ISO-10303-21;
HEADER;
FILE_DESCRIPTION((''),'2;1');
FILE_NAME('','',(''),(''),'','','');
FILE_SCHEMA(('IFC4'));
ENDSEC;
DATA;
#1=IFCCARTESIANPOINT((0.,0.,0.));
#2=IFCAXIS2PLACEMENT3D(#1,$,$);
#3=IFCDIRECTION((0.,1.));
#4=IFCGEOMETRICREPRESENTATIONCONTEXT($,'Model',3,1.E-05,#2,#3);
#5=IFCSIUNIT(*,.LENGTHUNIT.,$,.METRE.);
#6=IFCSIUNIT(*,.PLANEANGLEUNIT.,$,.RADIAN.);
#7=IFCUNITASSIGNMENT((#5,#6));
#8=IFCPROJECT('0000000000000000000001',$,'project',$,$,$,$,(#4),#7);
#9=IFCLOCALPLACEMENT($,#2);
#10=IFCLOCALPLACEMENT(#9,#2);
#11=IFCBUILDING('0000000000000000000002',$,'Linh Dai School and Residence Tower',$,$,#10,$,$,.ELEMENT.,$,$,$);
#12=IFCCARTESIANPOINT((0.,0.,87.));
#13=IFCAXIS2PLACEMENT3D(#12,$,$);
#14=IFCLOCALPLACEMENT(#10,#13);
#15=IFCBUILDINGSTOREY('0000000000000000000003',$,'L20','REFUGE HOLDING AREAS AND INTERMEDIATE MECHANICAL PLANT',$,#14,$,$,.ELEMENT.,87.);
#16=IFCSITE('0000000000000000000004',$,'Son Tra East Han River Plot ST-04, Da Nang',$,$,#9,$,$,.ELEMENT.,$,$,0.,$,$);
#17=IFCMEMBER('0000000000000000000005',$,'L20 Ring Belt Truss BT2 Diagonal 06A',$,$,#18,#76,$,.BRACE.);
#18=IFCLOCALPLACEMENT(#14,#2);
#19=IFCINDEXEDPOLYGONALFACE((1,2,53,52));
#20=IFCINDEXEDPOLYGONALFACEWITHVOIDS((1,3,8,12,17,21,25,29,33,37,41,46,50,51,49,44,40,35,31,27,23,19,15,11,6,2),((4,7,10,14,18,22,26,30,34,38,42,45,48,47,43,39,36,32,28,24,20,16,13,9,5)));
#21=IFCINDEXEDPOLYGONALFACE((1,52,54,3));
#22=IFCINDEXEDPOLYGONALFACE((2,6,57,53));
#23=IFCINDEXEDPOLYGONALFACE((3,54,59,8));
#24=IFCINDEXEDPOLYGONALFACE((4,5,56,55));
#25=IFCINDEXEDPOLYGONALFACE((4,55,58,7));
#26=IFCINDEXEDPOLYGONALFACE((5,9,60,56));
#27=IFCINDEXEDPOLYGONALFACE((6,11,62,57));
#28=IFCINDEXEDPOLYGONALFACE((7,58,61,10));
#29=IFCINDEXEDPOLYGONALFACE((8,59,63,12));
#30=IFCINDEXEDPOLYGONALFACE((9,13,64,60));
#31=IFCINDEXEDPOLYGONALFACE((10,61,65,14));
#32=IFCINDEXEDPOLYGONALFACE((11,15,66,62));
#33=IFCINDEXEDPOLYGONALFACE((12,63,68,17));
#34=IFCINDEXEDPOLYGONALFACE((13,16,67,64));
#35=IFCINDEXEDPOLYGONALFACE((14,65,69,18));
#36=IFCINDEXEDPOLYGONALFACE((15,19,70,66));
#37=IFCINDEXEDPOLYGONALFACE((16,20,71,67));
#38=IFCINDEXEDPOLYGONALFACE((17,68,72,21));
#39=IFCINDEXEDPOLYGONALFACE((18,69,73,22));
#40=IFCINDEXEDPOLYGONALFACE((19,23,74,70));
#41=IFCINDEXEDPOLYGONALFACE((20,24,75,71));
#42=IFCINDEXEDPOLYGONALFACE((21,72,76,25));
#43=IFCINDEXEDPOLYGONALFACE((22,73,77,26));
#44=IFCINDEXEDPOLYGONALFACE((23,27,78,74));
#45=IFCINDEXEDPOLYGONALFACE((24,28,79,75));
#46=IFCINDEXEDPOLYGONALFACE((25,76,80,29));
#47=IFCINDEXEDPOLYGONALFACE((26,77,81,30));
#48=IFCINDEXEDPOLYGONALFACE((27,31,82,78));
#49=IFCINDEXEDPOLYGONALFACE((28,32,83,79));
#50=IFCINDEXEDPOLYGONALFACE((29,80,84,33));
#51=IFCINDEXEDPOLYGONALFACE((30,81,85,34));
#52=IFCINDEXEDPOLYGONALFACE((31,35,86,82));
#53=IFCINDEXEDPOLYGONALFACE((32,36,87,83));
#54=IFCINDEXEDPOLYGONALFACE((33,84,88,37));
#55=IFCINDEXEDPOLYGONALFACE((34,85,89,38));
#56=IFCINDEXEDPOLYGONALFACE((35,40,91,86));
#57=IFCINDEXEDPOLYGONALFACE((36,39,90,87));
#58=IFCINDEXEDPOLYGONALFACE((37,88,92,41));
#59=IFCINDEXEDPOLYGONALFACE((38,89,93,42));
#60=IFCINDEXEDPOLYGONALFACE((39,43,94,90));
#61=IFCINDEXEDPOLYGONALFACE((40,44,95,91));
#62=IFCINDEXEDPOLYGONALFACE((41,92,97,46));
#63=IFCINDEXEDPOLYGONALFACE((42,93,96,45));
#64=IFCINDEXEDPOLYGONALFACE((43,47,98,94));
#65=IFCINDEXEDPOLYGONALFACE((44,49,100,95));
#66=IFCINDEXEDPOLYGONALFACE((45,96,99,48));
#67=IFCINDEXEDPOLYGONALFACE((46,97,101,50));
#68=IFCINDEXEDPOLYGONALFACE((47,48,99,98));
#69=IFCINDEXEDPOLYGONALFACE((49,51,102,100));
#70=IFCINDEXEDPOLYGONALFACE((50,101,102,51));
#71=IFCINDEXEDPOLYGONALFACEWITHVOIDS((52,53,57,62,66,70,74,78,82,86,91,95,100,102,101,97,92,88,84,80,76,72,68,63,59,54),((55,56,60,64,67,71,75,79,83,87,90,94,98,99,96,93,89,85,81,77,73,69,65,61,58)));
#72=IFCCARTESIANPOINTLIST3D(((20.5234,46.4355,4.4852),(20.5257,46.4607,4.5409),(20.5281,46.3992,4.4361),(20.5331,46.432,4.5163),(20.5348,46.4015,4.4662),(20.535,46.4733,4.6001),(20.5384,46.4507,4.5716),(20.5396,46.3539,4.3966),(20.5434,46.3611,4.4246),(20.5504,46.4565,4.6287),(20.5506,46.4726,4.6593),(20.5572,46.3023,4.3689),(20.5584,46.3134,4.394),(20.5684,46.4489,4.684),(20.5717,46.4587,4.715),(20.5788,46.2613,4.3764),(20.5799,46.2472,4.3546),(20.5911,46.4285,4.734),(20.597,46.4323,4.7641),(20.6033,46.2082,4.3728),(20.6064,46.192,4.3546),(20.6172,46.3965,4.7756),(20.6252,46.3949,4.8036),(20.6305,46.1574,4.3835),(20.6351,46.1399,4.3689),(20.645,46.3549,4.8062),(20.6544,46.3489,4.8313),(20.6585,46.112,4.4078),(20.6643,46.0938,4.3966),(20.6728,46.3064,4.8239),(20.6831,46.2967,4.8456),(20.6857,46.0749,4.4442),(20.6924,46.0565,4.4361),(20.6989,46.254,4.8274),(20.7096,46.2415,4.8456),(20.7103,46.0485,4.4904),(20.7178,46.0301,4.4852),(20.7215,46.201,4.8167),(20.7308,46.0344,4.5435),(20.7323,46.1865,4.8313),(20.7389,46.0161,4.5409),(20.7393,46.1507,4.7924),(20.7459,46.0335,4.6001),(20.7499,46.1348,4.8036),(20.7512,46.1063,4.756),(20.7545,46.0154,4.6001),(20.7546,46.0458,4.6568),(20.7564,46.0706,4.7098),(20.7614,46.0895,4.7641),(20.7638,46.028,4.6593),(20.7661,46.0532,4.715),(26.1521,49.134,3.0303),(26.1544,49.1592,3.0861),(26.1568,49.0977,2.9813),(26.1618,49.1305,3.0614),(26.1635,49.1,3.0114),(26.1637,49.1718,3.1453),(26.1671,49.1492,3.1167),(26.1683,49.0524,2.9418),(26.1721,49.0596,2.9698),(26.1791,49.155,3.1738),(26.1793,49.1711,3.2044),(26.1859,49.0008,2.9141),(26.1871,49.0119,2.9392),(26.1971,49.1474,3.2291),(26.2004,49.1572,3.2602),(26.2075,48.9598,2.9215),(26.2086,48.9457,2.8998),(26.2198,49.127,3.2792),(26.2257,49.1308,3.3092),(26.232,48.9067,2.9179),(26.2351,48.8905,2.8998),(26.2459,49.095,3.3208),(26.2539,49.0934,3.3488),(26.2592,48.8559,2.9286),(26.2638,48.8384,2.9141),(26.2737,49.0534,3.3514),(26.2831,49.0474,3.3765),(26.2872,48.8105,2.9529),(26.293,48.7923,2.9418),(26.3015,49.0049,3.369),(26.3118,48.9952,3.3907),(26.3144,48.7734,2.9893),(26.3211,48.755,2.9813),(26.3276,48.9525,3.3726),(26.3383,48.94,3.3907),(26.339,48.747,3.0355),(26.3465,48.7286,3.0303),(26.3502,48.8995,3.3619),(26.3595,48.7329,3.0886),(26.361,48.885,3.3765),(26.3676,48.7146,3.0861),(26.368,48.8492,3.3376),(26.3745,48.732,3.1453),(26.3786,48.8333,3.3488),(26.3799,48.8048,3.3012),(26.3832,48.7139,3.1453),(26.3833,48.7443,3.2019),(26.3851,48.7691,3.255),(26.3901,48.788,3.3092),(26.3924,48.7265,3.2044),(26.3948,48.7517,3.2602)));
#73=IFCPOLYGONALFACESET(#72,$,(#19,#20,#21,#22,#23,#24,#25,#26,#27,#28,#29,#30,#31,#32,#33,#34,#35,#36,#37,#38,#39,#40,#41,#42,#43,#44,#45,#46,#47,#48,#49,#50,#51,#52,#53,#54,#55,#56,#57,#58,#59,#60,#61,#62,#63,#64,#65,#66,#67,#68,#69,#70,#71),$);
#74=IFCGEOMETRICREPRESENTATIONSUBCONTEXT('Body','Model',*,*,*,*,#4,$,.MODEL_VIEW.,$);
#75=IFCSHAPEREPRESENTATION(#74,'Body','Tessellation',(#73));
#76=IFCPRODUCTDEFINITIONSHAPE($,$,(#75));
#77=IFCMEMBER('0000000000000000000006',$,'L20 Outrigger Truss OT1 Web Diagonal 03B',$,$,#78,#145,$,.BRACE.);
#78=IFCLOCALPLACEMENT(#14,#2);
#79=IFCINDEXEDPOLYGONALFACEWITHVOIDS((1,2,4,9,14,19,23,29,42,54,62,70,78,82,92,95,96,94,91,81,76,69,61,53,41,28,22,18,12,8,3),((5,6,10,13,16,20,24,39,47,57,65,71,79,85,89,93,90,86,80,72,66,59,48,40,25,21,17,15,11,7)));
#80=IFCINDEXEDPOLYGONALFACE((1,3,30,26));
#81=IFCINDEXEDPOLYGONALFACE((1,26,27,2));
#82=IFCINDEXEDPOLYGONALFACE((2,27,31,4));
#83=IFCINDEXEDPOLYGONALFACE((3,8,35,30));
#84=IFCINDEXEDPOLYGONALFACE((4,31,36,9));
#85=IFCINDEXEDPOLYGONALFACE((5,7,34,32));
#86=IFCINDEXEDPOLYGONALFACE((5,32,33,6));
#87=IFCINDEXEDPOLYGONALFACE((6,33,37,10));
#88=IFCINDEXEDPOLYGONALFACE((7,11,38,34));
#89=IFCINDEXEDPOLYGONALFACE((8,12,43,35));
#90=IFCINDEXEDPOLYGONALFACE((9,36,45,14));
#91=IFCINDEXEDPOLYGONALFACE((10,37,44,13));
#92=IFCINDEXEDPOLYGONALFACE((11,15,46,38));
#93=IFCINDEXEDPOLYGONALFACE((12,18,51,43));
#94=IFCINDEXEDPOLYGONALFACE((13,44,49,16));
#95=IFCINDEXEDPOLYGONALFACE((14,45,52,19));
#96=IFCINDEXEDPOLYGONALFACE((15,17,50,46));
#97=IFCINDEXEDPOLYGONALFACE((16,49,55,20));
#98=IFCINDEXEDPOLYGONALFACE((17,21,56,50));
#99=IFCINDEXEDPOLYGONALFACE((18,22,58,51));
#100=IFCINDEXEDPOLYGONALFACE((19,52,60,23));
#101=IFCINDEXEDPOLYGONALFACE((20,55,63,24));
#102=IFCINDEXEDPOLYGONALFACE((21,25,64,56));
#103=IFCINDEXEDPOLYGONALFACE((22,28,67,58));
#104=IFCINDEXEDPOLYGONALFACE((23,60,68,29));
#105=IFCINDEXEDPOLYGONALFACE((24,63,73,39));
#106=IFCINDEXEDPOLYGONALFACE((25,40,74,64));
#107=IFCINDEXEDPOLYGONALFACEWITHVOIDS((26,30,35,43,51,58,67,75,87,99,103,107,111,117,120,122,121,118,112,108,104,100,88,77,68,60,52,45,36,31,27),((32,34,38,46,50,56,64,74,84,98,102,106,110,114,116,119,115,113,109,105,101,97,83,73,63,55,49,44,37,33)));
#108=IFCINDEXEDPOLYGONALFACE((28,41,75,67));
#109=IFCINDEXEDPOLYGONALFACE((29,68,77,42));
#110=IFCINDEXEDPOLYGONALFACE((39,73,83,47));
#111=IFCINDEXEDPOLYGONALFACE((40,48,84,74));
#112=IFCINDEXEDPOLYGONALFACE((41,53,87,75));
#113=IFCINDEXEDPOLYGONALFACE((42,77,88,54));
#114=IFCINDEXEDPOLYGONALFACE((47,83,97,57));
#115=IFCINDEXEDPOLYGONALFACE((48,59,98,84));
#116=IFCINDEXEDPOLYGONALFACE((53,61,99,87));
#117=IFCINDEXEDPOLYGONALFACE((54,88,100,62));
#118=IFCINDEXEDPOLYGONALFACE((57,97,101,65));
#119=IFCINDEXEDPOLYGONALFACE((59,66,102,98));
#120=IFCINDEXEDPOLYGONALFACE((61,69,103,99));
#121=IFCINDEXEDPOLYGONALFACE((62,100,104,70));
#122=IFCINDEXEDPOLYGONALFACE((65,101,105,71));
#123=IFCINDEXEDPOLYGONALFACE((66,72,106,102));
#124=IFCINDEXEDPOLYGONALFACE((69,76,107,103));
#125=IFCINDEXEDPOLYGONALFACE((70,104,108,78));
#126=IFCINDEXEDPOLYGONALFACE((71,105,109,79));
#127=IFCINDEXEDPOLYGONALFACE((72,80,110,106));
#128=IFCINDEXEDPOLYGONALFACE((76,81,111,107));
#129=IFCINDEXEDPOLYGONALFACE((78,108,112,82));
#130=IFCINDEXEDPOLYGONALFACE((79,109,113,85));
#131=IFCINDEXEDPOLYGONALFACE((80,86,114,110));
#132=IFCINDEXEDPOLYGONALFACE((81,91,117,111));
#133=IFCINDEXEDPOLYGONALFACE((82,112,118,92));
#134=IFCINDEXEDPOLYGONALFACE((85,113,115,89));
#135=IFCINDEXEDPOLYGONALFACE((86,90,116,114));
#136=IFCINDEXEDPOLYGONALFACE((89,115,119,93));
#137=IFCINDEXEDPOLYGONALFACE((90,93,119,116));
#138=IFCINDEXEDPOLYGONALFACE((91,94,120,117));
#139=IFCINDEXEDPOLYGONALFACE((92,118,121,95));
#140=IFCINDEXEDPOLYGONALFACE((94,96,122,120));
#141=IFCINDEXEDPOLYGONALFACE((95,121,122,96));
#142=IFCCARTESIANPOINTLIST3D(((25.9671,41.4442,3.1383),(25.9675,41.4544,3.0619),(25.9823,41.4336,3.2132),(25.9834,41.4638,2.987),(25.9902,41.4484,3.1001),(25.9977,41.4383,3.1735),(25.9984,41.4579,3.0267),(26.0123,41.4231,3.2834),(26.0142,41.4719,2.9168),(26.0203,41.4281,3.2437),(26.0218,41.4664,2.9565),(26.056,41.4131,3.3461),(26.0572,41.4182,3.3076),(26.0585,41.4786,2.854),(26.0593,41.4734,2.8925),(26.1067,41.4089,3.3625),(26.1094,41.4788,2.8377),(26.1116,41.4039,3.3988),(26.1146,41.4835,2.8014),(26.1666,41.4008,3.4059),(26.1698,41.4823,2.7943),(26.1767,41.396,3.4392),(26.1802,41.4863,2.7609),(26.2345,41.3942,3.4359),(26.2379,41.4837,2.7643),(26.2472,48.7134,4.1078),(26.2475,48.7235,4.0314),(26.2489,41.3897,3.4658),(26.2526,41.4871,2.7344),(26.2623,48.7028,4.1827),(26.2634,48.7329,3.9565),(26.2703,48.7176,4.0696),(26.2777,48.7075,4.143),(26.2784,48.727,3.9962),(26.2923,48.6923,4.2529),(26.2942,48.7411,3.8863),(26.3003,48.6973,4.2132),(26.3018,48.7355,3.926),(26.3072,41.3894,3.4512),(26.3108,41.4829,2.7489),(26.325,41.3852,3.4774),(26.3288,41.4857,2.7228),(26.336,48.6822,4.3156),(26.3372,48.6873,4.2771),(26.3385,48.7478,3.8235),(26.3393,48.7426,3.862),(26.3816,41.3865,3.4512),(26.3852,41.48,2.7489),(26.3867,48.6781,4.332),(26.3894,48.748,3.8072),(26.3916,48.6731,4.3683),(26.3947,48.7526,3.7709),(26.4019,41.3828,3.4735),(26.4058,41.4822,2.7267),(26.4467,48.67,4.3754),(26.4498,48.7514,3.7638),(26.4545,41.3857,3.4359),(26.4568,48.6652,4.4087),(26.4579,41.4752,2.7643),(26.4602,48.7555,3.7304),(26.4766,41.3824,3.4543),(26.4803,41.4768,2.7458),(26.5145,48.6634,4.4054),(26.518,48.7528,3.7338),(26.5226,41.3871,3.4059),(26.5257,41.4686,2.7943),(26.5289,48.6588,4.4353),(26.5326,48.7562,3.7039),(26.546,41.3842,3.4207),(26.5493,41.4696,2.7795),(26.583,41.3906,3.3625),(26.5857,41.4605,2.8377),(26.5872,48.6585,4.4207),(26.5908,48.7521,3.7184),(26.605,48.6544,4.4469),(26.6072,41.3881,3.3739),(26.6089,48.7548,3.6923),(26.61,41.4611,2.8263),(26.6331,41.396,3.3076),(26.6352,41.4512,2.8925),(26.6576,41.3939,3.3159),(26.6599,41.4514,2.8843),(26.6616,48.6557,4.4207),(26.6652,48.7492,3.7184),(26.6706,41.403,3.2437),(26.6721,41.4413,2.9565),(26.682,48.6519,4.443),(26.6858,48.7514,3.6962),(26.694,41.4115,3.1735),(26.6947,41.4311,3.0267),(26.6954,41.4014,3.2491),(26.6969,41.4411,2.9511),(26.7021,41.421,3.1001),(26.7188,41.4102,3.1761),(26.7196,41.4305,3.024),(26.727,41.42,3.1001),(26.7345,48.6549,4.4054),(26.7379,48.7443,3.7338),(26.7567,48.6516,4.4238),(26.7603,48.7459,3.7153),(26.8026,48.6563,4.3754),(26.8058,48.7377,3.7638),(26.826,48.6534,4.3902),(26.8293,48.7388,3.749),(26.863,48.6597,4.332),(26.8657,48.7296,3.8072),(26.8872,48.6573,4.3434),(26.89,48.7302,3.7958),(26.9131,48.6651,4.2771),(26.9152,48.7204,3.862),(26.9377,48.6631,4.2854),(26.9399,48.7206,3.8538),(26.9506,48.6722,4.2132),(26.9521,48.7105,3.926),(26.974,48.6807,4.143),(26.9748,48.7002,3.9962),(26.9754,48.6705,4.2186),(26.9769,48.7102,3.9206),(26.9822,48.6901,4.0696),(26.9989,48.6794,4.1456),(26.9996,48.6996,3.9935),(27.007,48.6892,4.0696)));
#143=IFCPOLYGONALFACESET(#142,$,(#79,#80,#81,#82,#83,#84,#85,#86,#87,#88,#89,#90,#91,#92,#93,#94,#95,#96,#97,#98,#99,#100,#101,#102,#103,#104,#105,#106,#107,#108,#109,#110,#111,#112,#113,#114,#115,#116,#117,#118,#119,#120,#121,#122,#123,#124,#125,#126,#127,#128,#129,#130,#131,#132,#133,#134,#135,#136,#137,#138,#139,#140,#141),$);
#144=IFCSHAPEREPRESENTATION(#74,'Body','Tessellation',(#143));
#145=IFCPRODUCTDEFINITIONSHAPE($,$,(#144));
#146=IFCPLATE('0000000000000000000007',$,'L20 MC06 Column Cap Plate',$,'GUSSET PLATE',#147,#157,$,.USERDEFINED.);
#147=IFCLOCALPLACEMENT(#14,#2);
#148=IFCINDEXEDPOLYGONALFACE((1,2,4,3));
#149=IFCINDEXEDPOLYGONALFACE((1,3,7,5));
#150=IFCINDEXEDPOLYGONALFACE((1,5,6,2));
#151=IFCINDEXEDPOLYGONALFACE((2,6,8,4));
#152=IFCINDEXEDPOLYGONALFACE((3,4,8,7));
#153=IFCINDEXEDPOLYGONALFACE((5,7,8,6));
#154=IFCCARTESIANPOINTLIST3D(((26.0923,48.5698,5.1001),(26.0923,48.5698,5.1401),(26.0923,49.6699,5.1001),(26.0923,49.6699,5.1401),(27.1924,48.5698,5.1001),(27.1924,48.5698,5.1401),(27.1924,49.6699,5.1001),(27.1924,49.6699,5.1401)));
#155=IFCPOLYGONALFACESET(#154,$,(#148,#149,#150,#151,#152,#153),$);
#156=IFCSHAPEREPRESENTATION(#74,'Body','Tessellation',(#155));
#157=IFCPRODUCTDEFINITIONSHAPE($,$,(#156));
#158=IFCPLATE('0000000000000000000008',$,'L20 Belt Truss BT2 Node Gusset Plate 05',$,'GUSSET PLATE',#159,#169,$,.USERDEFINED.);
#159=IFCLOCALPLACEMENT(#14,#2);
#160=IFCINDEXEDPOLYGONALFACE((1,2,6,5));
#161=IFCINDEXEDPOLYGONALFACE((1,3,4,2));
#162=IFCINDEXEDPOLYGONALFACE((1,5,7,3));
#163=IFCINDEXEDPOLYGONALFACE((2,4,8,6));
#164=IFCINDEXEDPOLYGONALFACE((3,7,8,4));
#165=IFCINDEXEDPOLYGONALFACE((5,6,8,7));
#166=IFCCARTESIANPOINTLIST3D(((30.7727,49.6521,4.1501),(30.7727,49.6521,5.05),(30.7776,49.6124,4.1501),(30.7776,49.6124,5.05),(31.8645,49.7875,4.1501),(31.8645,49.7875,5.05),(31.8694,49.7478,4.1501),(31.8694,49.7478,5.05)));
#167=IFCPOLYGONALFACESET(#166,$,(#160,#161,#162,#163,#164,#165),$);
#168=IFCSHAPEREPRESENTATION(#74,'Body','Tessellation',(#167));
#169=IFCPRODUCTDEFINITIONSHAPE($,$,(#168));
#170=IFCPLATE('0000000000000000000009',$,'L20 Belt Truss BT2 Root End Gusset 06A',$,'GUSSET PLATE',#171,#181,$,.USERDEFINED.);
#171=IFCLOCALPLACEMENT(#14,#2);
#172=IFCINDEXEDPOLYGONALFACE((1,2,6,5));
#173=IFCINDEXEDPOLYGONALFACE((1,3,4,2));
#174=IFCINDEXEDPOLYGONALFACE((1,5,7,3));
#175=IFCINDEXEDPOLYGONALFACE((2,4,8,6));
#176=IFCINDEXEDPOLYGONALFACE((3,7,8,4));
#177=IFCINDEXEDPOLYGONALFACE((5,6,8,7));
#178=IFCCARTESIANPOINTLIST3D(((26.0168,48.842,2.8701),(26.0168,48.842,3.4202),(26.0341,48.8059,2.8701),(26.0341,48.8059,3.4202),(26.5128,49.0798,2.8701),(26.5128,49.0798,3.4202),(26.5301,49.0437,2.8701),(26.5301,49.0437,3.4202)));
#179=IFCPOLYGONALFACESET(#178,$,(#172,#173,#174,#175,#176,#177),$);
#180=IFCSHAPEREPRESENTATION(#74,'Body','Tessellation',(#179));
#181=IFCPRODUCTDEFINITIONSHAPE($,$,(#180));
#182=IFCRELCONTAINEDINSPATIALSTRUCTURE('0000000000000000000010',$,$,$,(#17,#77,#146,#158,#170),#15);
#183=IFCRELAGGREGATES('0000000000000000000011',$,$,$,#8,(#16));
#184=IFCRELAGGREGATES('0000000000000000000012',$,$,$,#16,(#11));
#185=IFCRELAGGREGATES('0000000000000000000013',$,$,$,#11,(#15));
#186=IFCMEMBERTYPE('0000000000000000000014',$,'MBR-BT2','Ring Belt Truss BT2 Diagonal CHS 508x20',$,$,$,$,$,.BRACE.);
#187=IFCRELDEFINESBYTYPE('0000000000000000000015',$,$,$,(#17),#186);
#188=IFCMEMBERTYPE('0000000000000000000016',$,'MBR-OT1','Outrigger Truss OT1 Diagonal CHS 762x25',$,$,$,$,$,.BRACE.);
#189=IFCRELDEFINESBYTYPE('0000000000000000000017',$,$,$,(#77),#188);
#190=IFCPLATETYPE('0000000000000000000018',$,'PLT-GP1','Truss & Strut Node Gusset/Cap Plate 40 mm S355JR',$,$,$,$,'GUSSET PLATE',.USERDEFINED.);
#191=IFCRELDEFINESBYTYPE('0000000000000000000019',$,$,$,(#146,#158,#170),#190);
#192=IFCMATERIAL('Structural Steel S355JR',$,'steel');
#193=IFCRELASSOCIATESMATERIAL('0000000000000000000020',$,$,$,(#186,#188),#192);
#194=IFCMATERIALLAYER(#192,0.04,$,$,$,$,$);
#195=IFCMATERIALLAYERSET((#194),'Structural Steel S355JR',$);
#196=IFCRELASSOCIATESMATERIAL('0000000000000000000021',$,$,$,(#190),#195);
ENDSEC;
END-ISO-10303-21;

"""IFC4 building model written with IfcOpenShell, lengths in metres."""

from ifc_helpers import new_model, si_unit, direction, frame, origin, origin_2d, place, context, subcontext, project, spatial, rectangle, hollow_circle, extrude, source, transform, mapped, material, layer, layer_set, material_profile, profile_set, type_object, element, save


model = new_model("IFC4")

# Units and contexts
model_context = context("Model", 3, precision=1e-05, world=origin(), true_north=direction((0.0, 1.0)))
body_context = subcontext(model_context, "Body", "Model", "MODEL_VIEW")
ifc_project = project(units=[si_unit("LENGTHUNIT", "METRE"), si_unit("PLANEANGLEUNIT", "RADIAN")], contexts=[model_context])

# Site, building, storey
site_placement = place(None, origin())
site = spatial("IfcSite", under=ifc_project, at=site_placement, Name="Son Tra East Han River Plot ST-04, Da Nang", CompositionType="ELEMENT", RefElevation=0.0)
building_placement = place(site_placement, origin())
building = spatial("IfcBuilding", under=site, at=building_placement, Name="Linh Dai School and Residence Tower", CompositionType="ELEMENT")
storey_placement = place(building_placement, frame((0.0, 0.0, 87.0)))
storey = spatial("IfcBuildingStorey", under=building, at=storey_placement, Name="L20", Description="REFUGE HOLDING AREAS AND INTERMEDIATE MECHANICAL PLANT", CompositionType="ELEMENT", Elevation=87.0)

# Shared definitions
ifc_material_1 = material(Name="Structural Steel S355JR", Category="steel")

# Members
ifc_material_profile_1 = material_profile(ifc_material_1, hollow_circle(Radius=0.2539, WallThickness=0.02, at=origin_2d()), Name="CHS 508x20")
ifc_profile_set_1 = profile_set([ifc_material_profile_1], Name="Structural Steel S355JR")
member_type_1 = type_object("IfcMemberType", Name="MBR-BT2", Description="Ring Belt Truss BT2 Diagonal CHS 508x20", PredefinedType="BRACE", material=ifc_profile_set_1)
member_1_placement = place(storey_placement, frame((26.2734, 48.9429, 3.1453), z_axis=(-0.878191, -0.421021, 0.226985), x_axis=(0.432305, -0.901727, 0.0)))
element("IfcMember", 1, at=member_1_placement, inside=storey, type_object=member_type_1, Name="L20 Ring Belt Truss BT2 Diagonal 06A", PredefinedType="BRACE", context=body_context, shape_type="SweptSolid", body=[
    extrude(hollow_circle(Radius=0.2539, WallThickness=0.02, at=origin_2d()), origin(), (0.0, 0.0, 1.0), 6.4094),
])
ifc_material_profile_2 = material_profile(ifc_material_1, hollow_circle(Radius=0.3811, WallThickness=0.0249, at=origin_2d()), Name="CHS 762x25")
ifc_profile_set_2 = profile_set([ifc_material_profile_2], Name="Structural Steel S355JR")
member_type_2 = type_object("IfcMemberType", Name="MBR-OT1", Description="Outrigger Truss OT1 Diagonal CHS 762x25", PredefinedType="BRACE", material=ifc_profile_set_2)
member_2_placement = place(storey_placement, frame((26.6262, 48.7039, 4.0696), z_axis=(-0.038158, -0.990501, -0.132105), x_axis=(0.999259, -0.038495, 0.0)))
element("IfcMember", 2, at=member_2_placement, inside=storey, type_object=member_type_2, Name="L20 Outrigger Truss OT1 Web Diagonal 03B", PredefinedType="BRACE", context=body_context, shape_type="SweptSolid", body=[
    extrude(hollow_circle(Radius=0.3811, WallThickness=0.0249, at=origin_2d()), origin(), (0.0, 0.0, 1.0), 7.3389),
])

# Plates
ifc_layer_1 = layer(ifc_material_1, 0.04)
ifc_layer_set_1 = layer_set([ifc_layer_1], Name="Structural Steel S355JR")
plate_type = type_object("IfcPlateType", Name="PLT-GP1", Description="Truss & Strut Node Gusset/Cap Plate 40 mm S355JR", ElementType="GUSSET PLATE", PredefinedType="USERDEFINED", material=ifc_layer_set_1)
shared_shape_1 = source(origin(), body_context, "Body", "SweptSolid", [
    extrude(rectangle(XDim=1.1001, YDim=1.1001, at=origin_2d()), origin(), (0.0, 0.0, 1.0), 0.04),
])
plate_1_placement = place(storey_placement, frame((26.6423, 49.1199, 5.1001), z_axis=(0.0, 0.0, 1.0), x_axis=(1.0, 0.0, 0.0)))
element("IfcPlate", 3, at=plate_1_placement, inside=storey, type_object=plate_type, Name="L20 MC06 Column Cap Plate", ObjectType="GUSSET PLATE", PredefinedType="USERDEFINED", context=body_context, shape_type="MappedRepresentation", body=[
    mapped(shared_shape_1, transform((0.0, 0.0, 0.0), x_axis=(1.0, 0.0, 0.0), y_axis=(0.0, 1.0, 0.0), z_axis=(0.0, 0.0, 1.0), scale=1.0)),
])
shared_shape_2 = source(origin(), body_context, "Body", "SweptSolid", [
    extrude(rectangle(XDim=1.1001, YDim=0.04, at=origin_2d()), origin(), (0.0, 0.0, 1.0), 0.8999),
])
plate_2_placement = place(storey_placement, frame((31.321, 49.7, 4.1501), z_axis=(0.0, 0.0, 1.0), x_axis=(-0.992402, -0.123039, 0.0)))
element("IfcPlate", 4, at=plate_2_placement, inside=storey, type_object=plate_type, Name="L20 Belt Truss BT2 Node Gusset Plate 05", ObjectType="GUSSET PLATE", PredefinedType="USERDEFINED", context=body_context, shape_type="MappedRepresentation", body=[
    mapped(shared_shape_2, transform((0.0, 0.0, 0.0), x_axis=(1.0, 0.0, 0.0), y_axis=(0.0, 1.0, 0.0), z_axis=(0.0, 0.0, 1.0), scale=1.0)),
])
shared_shape_3 = source(origin(), body_context, "Body", "SweptSolid", [
    extrude(rectangle(XDim=0.55, YDim=0.04, at=origin_2d()), origin(), (0.0, 0.0, 1.0), 0.55),
])
plate_3_placement = place(storey_placement, frame((26.2734, 48.9429, 2.8701), z_axis=(0.0, 0.0, 1.0), x_axis=(-0.901726, -0.432307, 0.0)))
element("IfcPlate", 5, at=plate_3_placement, inside=storey, type_object=plate_type, Name="L20 Belt Truss BT2 Root End Gusset 06A", ObjectType="GUSSET PLATE", PredefinedType="USERDEFINED", context=body_context, shape_type="MappedRepresentation", body=[
    mapped(shared_shape_3, transform((0.0, 0.0, 0.0), x_axis=(1.0, 0.0, 0.0), y_axis=(0.0, 1.0, 0.0), z_axis=(0.0, 0.0, 1.0), scale=1.0)),
])

save(model, "model.ifc")
